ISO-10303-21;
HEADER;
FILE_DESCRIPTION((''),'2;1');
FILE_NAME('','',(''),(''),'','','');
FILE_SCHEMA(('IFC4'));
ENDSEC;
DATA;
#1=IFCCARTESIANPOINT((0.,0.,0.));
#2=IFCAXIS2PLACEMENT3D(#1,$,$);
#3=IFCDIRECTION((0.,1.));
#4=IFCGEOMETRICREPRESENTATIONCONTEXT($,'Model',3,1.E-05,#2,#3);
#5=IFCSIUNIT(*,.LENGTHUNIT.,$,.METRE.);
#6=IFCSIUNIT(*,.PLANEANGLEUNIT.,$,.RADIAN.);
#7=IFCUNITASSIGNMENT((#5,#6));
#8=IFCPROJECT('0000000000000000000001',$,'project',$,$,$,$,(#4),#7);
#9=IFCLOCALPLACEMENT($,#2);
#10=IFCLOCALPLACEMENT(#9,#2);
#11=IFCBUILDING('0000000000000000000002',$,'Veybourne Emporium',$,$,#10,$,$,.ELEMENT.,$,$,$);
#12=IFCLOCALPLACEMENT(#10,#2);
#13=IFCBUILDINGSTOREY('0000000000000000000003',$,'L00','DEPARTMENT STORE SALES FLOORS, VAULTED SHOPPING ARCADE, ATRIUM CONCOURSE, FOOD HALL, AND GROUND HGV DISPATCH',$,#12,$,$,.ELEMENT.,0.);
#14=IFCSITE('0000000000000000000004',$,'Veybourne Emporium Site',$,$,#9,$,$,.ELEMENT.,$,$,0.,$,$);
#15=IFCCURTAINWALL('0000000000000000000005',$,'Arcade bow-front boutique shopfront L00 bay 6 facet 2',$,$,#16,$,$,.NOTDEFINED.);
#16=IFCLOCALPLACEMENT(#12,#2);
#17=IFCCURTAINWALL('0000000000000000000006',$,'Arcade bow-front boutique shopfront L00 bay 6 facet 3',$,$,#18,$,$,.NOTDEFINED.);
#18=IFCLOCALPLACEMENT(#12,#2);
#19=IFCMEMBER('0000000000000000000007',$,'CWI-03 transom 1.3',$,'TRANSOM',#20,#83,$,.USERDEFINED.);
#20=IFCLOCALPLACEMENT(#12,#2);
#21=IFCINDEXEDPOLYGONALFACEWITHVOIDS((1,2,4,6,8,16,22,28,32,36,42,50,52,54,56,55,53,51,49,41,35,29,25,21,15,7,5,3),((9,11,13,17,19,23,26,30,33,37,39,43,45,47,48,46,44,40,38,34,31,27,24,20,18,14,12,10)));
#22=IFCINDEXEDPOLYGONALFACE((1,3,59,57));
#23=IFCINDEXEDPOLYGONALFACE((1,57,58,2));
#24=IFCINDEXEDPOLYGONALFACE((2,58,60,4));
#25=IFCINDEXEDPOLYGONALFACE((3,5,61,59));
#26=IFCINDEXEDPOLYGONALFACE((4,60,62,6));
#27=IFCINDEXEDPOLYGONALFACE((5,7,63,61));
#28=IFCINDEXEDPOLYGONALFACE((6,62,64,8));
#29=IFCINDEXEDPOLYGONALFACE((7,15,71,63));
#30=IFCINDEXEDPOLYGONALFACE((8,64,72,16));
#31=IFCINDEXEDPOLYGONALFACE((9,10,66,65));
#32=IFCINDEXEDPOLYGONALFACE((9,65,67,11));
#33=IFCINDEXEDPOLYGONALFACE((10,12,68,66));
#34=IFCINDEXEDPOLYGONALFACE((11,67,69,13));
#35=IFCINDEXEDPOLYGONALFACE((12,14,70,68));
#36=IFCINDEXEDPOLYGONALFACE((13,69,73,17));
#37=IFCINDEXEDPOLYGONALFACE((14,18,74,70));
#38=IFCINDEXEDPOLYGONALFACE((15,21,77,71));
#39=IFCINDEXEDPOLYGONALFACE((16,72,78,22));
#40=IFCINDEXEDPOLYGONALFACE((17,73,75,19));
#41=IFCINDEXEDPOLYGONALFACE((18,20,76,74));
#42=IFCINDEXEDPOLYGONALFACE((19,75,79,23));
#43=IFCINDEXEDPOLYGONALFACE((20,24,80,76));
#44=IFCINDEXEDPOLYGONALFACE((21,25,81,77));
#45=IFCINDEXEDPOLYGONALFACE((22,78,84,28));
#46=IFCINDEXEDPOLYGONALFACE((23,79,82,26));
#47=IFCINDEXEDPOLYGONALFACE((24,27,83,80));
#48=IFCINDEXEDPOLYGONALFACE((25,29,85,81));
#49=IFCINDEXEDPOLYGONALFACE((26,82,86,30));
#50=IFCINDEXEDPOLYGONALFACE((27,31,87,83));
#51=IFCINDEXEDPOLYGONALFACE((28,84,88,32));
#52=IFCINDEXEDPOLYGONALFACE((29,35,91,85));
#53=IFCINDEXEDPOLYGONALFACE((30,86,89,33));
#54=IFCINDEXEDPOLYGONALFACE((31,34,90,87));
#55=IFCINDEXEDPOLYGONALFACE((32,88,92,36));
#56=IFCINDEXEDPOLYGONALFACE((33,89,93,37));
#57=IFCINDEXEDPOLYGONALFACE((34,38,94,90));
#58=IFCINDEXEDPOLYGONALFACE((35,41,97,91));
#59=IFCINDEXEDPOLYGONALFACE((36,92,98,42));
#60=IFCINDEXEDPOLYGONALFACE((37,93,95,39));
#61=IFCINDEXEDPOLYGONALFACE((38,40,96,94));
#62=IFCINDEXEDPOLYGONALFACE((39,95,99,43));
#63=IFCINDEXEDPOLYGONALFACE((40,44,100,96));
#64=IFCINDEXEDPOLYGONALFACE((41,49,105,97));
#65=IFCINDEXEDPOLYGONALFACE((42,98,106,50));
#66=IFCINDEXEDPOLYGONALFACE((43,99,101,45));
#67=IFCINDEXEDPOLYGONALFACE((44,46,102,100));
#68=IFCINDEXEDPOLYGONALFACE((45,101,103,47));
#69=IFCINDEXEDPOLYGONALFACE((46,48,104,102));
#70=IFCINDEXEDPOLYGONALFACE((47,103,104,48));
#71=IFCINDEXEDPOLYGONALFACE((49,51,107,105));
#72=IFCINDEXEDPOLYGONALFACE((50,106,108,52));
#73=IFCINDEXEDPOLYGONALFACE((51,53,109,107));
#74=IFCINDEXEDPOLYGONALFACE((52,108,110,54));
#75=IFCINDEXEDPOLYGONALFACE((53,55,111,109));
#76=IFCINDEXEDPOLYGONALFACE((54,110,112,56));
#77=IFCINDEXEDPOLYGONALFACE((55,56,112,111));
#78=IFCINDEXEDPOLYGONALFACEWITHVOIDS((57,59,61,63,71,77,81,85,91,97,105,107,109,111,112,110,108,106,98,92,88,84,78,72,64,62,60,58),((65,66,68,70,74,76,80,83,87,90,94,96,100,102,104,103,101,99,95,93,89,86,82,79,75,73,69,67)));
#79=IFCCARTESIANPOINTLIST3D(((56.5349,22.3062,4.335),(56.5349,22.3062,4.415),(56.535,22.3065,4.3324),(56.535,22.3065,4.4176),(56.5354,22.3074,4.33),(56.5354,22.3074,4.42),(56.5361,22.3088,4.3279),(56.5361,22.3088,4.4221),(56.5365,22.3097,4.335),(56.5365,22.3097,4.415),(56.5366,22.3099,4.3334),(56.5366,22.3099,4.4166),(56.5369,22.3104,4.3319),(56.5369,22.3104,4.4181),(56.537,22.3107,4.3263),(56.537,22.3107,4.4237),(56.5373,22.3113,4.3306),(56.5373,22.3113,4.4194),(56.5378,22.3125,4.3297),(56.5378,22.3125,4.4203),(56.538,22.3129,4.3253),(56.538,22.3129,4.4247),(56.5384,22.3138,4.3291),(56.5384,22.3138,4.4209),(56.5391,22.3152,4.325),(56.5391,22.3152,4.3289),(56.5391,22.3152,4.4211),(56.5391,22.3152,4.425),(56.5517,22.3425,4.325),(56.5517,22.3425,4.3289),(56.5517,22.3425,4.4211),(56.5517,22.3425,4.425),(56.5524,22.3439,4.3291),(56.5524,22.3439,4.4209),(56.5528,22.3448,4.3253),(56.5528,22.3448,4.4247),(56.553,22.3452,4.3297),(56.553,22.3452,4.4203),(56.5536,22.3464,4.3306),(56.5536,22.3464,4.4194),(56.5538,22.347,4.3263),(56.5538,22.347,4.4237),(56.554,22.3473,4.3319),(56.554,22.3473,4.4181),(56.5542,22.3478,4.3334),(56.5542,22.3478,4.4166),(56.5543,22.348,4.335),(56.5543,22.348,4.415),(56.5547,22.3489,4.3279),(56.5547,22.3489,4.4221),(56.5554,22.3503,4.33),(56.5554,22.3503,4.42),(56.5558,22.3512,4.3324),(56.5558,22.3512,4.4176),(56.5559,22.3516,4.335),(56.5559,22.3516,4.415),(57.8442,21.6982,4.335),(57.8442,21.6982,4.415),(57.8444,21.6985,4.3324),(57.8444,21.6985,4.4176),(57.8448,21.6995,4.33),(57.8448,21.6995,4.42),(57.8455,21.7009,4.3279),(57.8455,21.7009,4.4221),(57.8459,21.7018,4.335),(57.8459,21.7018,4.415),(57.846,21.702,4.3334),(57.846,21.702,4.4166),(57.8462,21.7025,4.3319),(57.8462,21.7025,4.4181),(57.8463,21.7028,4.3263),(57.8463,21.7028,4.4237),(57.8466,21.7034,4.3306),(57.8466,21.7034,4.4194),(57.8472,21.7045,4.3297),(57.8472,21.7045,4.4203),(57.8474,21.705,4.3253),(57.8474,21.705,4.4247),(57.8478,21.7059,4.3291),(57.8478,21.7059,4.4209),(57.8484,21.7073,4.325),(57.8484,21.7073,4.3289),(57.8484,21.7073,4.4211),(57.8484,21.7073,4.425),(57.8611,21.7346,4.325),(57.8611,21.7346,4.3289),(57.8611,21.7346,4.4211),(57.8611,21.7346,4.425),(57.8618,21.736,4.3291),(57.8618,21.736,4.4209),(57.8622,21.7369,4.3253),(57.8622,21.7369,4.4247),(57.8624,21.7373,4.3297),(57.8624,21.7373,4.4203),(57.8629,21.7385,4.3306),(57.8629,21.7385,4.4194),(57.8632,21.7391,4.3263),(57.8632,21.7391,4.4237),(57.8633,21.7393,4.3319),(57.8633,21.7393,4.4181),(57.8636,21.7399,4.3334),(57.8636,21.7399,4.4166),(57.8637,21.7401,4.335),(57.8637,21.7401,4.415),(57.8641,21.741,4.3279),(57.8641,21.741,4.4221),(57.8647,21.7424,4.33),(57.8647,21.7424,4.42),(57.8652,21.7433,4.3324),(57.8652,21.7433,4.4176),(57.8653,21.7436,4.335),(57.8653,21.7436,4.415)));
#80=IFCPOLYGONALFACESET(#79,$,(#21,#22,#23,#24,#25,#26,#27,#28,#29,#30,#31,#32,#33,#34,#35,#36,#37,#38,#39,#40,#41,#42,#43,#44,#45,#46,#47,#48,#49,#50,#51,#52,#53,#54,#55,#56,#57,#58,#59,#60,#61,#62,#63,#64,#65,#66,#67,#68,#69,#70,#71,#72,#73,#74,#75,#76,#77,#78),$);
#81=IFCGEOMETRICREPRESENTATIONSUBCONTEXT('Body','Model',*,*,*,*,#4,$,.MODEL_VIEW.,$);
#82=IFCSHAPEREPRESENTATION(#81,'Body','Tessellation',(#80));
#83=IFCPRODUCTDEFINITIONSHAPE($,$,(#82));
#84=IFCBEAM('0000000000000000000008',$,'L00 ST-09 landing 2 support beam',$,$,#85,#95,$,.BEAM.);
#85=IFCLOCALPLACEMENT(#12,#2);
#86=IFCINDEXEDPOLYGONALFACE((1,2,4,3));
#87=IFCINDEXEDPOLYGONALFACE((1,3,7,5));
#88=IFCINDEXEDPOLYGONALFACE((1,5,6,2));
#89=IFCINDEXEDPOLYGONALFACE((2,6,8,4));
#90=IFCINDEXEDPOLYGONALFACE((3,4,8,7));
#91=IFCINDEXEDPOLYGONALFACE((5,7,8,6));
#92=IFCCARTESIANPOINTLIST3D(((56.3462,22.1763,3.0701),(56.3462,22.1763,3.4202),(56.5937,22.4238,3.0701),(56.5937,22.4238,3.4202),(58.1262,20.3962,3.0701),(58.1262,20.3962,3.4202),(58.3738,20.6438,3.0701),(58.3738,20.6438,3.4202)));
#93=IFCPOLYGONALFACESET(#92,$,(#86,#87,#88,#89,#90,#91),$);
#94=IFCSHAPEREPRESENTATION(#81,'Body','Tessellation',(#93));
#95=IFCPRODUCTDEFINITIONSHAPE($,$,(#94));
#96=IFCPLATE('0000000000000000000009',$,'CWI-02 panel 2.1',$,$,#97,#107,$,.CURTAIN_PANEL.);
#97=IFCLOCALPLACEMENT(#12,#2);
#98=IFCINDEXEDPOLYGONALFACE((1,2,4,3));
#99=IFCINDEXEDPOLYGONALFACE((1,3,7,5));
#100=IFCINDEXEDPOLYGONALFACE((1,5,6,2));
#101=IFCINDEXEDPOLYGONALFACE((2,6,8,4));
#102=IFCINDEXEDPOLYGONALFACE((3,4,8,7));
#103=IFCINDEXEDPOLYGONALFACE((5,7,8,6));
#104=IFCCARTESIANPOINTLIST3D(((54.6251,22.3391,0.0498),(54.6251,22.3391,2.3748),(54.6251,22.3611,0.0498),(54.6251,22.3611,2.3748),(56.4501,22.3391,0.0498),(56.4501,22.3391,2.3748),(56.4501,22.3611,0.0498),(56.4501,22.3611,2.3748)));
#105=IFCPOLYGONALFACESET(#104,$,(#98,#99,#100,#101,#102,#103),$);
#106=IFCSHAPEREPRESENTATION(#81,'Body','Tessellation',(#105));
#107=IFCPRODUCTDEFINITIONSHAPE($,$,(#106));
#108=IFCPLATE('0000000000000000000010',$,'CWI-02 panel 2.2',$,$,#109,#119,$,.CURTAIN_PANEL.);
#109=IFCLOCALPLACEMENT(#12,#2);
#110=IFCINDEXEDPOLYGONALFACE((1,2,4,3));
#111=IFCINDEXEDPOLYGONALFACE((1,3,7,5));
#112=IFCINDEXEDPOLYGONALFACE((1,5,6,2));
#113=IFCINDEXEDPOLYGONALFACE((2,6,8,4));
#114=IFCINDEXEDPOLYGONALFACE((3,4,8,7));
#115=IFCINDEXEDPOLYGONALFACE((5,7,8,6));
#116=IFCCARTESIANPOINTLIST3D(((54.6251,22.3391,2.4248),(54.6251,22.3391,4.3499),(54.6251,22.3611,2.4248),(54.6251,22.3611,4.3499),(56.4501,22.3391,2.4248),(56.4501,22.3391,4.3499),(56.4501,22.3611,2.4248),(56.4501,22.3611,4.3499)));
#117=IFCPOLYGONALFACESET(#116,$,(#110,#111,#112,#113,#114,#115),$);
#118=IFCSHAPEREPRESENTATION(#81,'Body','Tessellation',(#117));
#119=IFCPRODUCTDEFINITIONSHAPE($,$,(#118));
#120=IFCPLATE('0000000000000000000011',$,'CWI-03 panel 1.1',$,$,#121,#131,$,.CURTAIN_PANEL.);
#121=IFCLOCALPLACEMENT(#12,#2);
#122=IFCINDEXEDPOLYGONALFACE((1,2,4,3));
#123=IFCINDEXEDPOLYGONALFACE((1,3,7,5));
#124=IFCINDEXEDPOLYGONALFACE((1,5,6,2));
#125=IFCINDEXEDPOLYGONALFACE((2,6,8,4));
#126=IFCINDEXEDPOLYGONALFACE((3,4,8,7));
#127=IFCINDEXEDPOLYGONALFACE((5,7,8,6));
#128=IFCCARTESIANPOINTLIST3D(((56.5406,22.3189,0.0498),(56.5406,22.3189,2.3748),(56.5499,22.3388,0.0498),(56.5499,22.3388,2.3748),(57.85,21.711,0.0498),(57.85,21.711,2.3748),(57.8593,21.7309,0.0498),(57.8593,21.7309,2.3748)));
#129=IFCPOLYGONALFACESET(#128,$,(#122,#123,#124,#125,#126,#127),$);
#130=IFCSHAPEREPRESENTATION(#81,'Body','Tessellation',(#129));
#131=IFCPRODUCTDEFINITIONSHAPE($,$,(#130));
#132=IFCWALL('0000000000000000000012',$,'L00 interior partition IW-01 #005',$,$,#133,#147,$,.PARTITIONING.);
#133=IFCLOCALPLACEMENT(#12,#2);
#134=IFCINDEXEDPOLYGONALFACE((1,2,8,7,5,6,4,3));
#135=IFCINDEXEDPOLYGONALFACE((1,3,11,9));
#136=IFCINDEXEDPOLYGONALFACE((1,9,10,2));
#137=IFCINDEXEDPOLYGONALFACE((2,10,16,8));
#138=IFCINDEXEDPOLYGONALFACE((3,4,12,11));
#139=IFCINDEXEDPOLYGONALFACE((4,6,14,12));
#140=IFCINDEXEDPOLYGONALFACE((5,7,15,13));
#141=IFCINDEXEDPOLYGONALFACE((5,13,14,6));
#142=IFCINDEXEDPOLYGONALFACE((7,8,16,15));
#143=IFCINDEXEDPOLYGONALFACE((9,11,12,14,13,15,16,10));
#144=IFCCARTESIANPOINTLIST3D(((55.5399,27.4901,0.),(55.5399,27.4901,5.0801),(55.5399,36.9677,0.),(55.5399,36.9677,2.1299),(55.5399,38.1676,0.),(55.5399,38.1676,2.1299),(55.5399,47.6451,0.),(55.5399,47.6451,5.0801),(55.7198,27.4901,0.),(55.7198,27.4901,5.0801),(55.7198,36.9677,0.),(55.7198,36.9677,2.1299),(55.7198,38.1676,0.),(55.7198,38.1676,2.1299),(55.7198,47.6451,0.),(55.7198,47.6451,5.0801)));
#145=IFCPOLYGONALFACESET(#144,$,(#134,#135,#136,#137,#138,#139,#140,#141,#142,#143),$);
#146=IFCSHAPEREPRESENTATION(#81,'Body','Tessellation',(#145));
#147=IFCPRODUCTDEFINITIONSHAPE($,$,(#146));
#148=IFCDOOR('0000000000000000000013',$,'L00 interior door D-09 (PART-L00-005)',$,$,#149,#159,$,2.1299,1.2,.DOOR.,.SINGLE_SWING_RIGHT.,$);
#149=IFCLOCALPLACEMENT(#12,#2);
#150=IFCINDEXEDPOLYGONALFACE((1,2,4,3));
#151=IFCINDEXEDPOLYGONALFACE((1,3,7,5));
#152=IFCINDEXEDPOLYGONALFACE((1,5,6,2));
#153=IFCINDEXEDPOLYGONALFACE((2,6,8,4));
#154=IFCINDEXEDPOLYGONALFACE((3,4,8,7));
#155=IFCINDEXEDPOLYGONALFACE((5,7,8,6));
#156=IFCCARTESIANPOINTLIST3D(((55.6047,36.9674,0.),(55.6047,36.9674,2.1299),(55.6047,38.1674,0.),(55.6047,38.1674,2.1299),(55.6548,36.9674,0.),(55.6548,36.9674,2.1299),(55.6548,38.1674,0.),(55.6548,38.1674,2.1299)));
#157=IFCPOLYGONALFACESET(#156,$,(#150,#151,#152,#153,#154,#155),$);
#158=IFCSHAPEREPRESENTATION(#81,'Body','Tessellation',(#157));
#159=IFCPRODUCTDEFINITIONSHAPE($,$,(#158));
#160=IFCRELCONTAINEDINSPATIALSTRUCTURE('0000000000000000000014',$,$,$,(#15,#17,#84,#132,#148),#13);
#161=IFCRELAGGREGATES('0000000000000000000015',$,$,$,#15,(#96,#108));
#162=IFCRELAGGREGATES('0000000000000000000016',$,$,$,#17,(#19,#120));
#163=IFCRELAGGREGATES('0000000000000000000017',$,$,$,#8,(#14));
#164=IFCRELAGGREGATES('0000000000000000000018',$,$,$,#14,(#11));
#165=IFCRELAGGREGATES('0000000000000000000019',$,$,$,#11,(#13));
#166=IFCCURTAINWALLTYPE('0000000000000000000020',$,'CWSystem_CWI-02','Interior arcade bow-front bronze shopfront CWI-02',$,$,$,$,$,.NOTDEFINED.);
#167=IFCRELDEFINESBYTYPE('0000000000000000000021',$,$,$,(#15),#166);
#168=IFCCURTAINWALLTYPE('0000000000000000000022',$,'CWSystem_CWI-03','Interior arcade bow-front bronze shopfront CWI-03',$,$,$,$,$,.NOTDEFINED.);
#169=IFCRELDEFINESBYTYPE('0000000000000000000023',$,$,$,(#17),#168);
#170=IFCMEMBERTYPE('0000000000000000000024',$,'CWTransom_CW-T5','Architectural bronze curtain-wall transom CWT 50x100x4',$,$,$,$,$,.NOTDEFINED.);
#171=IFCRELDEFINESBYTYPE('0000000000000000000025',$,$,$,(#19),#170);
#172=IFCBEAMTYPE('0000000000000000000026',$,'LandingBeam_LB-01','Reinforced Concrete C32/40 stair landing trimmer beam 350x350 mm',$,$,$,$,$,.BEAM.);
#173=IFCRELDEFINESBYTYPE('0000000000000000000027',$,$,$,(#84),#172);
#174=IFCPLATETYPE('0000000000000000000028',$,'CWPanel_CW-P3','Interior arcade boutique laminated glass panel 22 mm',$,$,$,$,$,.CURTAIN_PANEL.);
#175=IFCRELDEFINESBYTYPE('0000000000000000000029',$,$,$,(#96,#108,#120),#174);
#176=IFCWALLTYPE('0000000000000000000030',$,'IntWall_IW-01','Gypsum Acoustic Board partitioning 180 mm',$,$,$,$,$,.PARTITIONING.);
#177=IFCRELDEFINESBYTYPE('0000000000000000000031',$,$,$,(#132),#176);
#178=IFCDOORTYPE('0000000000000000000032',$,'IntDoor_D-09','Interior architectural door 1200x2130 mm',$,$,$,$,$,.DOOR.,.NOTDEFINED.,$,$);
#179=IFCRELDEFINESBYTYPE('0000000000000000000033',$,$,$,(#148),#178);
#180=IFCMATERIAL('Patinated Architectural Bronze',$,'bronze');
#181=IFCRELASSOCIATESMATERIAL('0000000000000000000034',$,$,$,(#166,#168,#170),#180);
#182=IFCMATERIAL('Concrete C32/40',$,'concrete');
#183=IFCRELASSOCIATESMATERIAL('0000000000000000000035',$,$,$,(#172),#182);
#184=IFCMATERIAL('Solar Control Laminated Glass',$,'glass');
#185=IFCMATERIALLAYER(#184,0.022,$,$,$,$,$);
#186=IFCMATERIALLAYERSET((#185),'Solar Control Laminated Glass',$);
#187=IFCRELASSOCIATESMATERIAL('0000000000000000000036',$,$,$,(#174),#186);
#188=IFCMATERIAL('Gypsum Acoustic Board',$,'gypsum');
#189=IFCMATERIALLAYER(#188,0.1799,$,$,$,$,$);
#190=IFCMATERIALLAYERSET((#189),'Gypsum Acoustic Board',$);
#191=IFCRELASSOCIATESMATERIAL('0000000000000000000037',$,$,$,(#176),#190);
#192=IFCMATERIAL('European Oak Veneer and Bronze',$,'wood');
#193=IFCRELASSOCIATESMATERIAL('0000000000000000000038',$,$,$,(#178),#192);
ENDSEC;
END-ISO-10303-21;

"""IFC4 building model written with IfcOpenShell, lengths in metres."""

from ifc_helpers import new_model, si_unit, direction, frame, frame_2d, origin, origin_2d, place, context, subcontext, project, spatial, rectangle, hollow_rectangle, extrude, material, layer, layer_set, material_profile, profile_set, type_object, element, fill, aggregate, save


model = new_model("IFC4")

# Units and contexts
model_context = context("Model", 3, precision=1e-05, world=origin(), true_north=direction((0.0, 1.0)))
body_context = subcontext(model_context, "Body", "Model", "MODEL_VIEW")
ifc_project = project(units=[si_unit("LENGTHUNIT", "METRE"), si_unit("PLANEANGLEUNIT", "RADIAN")], contexts=[model_context])

# Site, building, storey
site_placement = place(None, origin())
site = spatial("IfcSite", under=ifc_project, at=site_placement, Name="Veybourne Emporium Site", CompositionType="ELEMENT", RefElevation=0.0)
building_placement = place(site_placement, origin())
building = spatial("IfcBuilding", under=site, at=building_placement, Name="Veybourne Emporium", CompositionType="ELEMENT")
storey_placement = place(building_placement, origin())
storey = spatial("IfcBuildingStorey", under=building, at=storey_placement, Name="L00", Description="DEPARTMENT STORE SALES FLOORS, VAULTED SHOPPING ARCADE, ATRIUM CONCOURSE, FOOD HALL, AND GROUND HGV DISPATCH", CompositionType="ELEMENT", Elevation=0.0)

# Curtain wall
ifc_material_1 = material(Name="Patinated Architectural Bronze", Category="bronze")
curtain_wall_type_1 = type_object("IfcCurtainWallType", Name="CWSystem_CWI-02", Description="Interior arcade bow-front bronze shopfront CWI-02", PredefinedType="NOTDEFINED", material=ifc_material_1)
curtain_wall_1_placement = place(storey_placement, origin())
curtain_wall_1 = element("IfcCurtainWall", 1, at=curtain_wall_1_placement, inside=storey, type_object=curtain_wall_type_1, Name="Arcade bow-front boutique shopfront L00 bay 6 facet 2", PredefinedType="NOTDEFINED")

# Curtain wall
curtain_wall_type_2 = type_object("IfcCurtainWallType", Name="CWSystem_CWI-03", Description="Interior arcade bow-front bronze shopfront CWI-03", PredefinedType="NOTDEFINED", material=ifc_material_1)
curtain_wall_2_placement = place(storey_placement, origin())
curtain_wall_2 = element("IfcCurtainWall", 2, at=curtain_wall_2_placement, inside=storey, type_object=curtain_wall_type_2, Name="Arcade bow-front boutique shopfront L00 bay 6 facet 3", PredefinedType="NOTDEFINED")

# Member
ifc_material_profile_1 = material_profile(ifc_material_1, hollow_rectangle(XDim=0.05, YDim=0.1001, WallThickness=0.0039, InnerFilletRadius=0.0061, OuterFilletRadius=0.01, at=origin_2d()), Name="CWT 50x100x4")
ifc_profile_set_1 = profile_set([ifc_material_profile_1], Name="Patinated Architectural Bronze")
member_type_1 = type_object("IfcMemberType", Name="CWTransom_CW-T5", Description="Architectural bronze curtain-wall transom CWT 50x100x4", PredefinedType="NOTDEFINED", material=ifc_profile_set_1)
member_1_placement = place(storey_placement, frame((56.5454, 22.3289, 4.375), z_axis=(0.907007, -0.421116, 0.0), x_axis=(0.421116, 0.907007, 0.0)))
member_1 = element("IfcMember", 3, at=member_1_placement, type_object=member_type_1, Name="CWI-03 transom 1.3", ObjectType="TRANSOM", PredefinedType="USERDEFINED", context=body_context, shape_type="SweptSolid", body=[
    extrude(hollow_rectangle(XDim=0.05, YDim=0.1001, WallThickness=0.0039, InnerFilletRadius=0.0061, OuterFilletRadius=0.01, at=origin_2d()), origin(), (0.0, 0.0, 1.0), 1.4436),
])

# Beam
ifc_material_2 = material(Name="Concrete C32/40", Category="concrete")
ifc_material_profile_2 = material_profile(ifc_material_2, rectangle(XDim=0.3501, YDim=0.3501, at=origin_2d()), Name="RC 350x350")
ifc_profile_set_2 = profile_set([ifc_material_profile_2], Name="Concrete C32/40")
beam_type = type_object("IfcBeamType", Name="LandingBeam_LB-01", Description="Reinforced Concrete C32/40 stair landing trimmer beam 350x350 mm", PredefinedType="BEAM", material=ifc_profile_set_2)
beam_placement = place(storey_placement, frame((56.47, 22.3, 3.2451), z_axis=(0.707107, -0.707107, 0.0), x_axis=(0.707107, 0.707107, 0.0)))
element("IfcBeam", 4, at=beam_placement, inside=storey, type_object=beam_type, Name="L00 ST-09 landing 2 support beam", PredefinedType="BEAM", context=body_context, shape_type="SweptSolid", body=[
    extrude(rectangle(XDim=0.3501, YDim=0.3501, at=origin_2d()), origin(), (0.0, 0.0, 1.0), 2.5173),
])

# Plates
ifc_material_3 = material(Name="Solar Control Laminated Glass", Category="glass")
ifc_layer_1 = layer(ifc_material_3, 0.022)
ifc_layer_set_1 = layer_set([ifc_layer_1], Name="Solar Control Laminated Glass")
plate_type = type_object("IfcPlateType", Name="CWPanel_CW-P3", Description="Interior arcade boutique laminated glass panel 22 mm", PredefinedType="CURTAIN_PANEL", material=ifc_layer_set_1)
plate_1_placement = place(storey_placement, frame((55.5376, 22.3501, 0.0498), z_axis=(0.0, 0.0, 1.0), x_axis=(1.0, 0.0, 0.0)))
plate_1 = element("IfcPlate", 5, at=plate_1_placement, type_object=plate_type, Name="CWI-02 panel 2.1", PredefinedType="CURTAIN_PANEL", context=body_context, shape_type="SweptSolid", body=[
    extrude(rectangle(XDim=1.825, YDim=0.022, at=origin_2d()), origin(), (0.0, 0.0, 1.0), 2.325),
])
plate_2_placement = place(storey_placement, frame((55.5376, 22.3501, 2.4248), z_axis=(0.0, 0.0, 1.0), x_axis=(1.0, 0.0, 0.0)))
plate_2 = element("IfcPlate", 6, at=plate_2_placement, type_object=plate_type, Name="CWI-02 panel 2.2", PredefinedType="CURTAIN_PANEL", context=body_context, shape_type="SweptSolid", body=[
    extrude(rectangle(XDim=1.825, YDim=0.022, at=origin_2d()), origin(), (0.0, 0.0, 1.0), 1.925),
])
aggregate(curtain_wall_1, [plate_1, plate_2])
plate_3_placement = place(storey_placement, frame((57.2, 22.0249, 0.0498), z_axis=(0.0, 0.0, 1.0), x_axis=(0.907009, -0.421111, 0.0)))
plate_3 = element("IfcPlate", 7, at=plate_3_placement, type_object=plate_type, Name="CWI-03 panel 1.1", PredefinedType="CURTAIN_PANEL", context=body_context, shape_type="SweptSolid", body=[
    extrude(rectangle(XDim=1.4436, YDim=0.022, at=origin_2d()), origin(), (0.0, 0.0, 1.0), 2.325),
])
aggregate(curtain_wall_2, [member_1, plate_3])

# Wall, opening, door
ifc_material_4 = material(Name="Gypsum Acoustic Board", Category="gypsum")
ifc_layer_2 = layer(ifc_material_4, 0.1799)
ifc_layer_set_2 = layer_set([ifc_layer_2], Name="Gypsum Acoustic Board")
wall_type_1 = type_object("IfcWallType", Name="IntWall_IW-01", Description="Gypsum Acoustic Board partitioning 180 mm", PredefinedType="PARTITIONING", material=ifc_layer_set_2)
wall_1_placement = place(storey_placement, frame((55.6299, 27.49, 0.0), z_axis=(0.0, 0.0, 1.0), x_axis=(0.0, 1.0, 0.0)))
wall_1 = element("IfcWall", 8, at=wall_1_placement, inside=storey, type_object=wall_type_1, Name="L00 interior partition IW-01 #005", PredefinedType="PARTITIONING", context=body_context, shape_type="SweptSolid", body=[
    extrude(rectangle(XDim=20.155, YDim=0.1799, at=frame_2d((10.0776, 0.0))), origin(), (0.0, 0.0, 1.0), 5.0801),
])
opening_1_placement = place(wall_1_placement, frame((9.4775, 0.0, 0.0)))
opening_1 = element("IfcOpeningElement", 9, at=opening_1_placement, cuts=wall_1, PredefinedType="OPENING", context=body_context, shape_type="SweptSolid", body=[
    extrude(rectangle(XDim=1.2, YDim=2.1299, at=frame_2d((0.6001, 1.0649))), frame((0.0, 0.1099, 0.0), z_axis=(0.0, -1.0, 0.0), x_axis=(1.0, 0.0, 0.0)), (0.0, 0.0, 1.0), 0.22),
])
ifc_material_5 = material(Name="European Oak Veneer and Bronze", Category="wood")
door_type_1 = type_object("IfcDoorType", Name="IntDoor_D-09", Description="Interior architectural door 1200x2130 mm", OperationType="NOTDEFINED", PredefinedType="DOOR", material=ifc_material_5)
door_1_placement = place(opening_1_placement, frame((1.2, 0.0, 0.0), z_axis=(0.0, 0.0, 1.0), x_axis=(-1.0, 0.0, 0.0)))
door_1 = element("IfcDoor", 10, at=door_1_placement, inside=storey, type_object=door_type_1, Name="L00 interior door D-09 (PART-L00-005)", OperationType="SINGLE_SWING_RIGHT", OverallHeight=2.1299, OverallWidth=1.2, PredefinedType="DOOR", context=body_context, shape_type="SweptSolid", body=[
    extrude(rectangle(XDim=1.2, YDim=2.1299, at=frame_2d((0.6001, 1.0649))), frame((0.0, 0.0249, 0.0), z_axis=(0.0, -1.0, 0.0), x_axis=(1.0, 0.0, 0.0)), (0.0, 0.0, 1.0), 0.05),
])
fill(opening_1, door_1)

save(model, "model.ifc")
